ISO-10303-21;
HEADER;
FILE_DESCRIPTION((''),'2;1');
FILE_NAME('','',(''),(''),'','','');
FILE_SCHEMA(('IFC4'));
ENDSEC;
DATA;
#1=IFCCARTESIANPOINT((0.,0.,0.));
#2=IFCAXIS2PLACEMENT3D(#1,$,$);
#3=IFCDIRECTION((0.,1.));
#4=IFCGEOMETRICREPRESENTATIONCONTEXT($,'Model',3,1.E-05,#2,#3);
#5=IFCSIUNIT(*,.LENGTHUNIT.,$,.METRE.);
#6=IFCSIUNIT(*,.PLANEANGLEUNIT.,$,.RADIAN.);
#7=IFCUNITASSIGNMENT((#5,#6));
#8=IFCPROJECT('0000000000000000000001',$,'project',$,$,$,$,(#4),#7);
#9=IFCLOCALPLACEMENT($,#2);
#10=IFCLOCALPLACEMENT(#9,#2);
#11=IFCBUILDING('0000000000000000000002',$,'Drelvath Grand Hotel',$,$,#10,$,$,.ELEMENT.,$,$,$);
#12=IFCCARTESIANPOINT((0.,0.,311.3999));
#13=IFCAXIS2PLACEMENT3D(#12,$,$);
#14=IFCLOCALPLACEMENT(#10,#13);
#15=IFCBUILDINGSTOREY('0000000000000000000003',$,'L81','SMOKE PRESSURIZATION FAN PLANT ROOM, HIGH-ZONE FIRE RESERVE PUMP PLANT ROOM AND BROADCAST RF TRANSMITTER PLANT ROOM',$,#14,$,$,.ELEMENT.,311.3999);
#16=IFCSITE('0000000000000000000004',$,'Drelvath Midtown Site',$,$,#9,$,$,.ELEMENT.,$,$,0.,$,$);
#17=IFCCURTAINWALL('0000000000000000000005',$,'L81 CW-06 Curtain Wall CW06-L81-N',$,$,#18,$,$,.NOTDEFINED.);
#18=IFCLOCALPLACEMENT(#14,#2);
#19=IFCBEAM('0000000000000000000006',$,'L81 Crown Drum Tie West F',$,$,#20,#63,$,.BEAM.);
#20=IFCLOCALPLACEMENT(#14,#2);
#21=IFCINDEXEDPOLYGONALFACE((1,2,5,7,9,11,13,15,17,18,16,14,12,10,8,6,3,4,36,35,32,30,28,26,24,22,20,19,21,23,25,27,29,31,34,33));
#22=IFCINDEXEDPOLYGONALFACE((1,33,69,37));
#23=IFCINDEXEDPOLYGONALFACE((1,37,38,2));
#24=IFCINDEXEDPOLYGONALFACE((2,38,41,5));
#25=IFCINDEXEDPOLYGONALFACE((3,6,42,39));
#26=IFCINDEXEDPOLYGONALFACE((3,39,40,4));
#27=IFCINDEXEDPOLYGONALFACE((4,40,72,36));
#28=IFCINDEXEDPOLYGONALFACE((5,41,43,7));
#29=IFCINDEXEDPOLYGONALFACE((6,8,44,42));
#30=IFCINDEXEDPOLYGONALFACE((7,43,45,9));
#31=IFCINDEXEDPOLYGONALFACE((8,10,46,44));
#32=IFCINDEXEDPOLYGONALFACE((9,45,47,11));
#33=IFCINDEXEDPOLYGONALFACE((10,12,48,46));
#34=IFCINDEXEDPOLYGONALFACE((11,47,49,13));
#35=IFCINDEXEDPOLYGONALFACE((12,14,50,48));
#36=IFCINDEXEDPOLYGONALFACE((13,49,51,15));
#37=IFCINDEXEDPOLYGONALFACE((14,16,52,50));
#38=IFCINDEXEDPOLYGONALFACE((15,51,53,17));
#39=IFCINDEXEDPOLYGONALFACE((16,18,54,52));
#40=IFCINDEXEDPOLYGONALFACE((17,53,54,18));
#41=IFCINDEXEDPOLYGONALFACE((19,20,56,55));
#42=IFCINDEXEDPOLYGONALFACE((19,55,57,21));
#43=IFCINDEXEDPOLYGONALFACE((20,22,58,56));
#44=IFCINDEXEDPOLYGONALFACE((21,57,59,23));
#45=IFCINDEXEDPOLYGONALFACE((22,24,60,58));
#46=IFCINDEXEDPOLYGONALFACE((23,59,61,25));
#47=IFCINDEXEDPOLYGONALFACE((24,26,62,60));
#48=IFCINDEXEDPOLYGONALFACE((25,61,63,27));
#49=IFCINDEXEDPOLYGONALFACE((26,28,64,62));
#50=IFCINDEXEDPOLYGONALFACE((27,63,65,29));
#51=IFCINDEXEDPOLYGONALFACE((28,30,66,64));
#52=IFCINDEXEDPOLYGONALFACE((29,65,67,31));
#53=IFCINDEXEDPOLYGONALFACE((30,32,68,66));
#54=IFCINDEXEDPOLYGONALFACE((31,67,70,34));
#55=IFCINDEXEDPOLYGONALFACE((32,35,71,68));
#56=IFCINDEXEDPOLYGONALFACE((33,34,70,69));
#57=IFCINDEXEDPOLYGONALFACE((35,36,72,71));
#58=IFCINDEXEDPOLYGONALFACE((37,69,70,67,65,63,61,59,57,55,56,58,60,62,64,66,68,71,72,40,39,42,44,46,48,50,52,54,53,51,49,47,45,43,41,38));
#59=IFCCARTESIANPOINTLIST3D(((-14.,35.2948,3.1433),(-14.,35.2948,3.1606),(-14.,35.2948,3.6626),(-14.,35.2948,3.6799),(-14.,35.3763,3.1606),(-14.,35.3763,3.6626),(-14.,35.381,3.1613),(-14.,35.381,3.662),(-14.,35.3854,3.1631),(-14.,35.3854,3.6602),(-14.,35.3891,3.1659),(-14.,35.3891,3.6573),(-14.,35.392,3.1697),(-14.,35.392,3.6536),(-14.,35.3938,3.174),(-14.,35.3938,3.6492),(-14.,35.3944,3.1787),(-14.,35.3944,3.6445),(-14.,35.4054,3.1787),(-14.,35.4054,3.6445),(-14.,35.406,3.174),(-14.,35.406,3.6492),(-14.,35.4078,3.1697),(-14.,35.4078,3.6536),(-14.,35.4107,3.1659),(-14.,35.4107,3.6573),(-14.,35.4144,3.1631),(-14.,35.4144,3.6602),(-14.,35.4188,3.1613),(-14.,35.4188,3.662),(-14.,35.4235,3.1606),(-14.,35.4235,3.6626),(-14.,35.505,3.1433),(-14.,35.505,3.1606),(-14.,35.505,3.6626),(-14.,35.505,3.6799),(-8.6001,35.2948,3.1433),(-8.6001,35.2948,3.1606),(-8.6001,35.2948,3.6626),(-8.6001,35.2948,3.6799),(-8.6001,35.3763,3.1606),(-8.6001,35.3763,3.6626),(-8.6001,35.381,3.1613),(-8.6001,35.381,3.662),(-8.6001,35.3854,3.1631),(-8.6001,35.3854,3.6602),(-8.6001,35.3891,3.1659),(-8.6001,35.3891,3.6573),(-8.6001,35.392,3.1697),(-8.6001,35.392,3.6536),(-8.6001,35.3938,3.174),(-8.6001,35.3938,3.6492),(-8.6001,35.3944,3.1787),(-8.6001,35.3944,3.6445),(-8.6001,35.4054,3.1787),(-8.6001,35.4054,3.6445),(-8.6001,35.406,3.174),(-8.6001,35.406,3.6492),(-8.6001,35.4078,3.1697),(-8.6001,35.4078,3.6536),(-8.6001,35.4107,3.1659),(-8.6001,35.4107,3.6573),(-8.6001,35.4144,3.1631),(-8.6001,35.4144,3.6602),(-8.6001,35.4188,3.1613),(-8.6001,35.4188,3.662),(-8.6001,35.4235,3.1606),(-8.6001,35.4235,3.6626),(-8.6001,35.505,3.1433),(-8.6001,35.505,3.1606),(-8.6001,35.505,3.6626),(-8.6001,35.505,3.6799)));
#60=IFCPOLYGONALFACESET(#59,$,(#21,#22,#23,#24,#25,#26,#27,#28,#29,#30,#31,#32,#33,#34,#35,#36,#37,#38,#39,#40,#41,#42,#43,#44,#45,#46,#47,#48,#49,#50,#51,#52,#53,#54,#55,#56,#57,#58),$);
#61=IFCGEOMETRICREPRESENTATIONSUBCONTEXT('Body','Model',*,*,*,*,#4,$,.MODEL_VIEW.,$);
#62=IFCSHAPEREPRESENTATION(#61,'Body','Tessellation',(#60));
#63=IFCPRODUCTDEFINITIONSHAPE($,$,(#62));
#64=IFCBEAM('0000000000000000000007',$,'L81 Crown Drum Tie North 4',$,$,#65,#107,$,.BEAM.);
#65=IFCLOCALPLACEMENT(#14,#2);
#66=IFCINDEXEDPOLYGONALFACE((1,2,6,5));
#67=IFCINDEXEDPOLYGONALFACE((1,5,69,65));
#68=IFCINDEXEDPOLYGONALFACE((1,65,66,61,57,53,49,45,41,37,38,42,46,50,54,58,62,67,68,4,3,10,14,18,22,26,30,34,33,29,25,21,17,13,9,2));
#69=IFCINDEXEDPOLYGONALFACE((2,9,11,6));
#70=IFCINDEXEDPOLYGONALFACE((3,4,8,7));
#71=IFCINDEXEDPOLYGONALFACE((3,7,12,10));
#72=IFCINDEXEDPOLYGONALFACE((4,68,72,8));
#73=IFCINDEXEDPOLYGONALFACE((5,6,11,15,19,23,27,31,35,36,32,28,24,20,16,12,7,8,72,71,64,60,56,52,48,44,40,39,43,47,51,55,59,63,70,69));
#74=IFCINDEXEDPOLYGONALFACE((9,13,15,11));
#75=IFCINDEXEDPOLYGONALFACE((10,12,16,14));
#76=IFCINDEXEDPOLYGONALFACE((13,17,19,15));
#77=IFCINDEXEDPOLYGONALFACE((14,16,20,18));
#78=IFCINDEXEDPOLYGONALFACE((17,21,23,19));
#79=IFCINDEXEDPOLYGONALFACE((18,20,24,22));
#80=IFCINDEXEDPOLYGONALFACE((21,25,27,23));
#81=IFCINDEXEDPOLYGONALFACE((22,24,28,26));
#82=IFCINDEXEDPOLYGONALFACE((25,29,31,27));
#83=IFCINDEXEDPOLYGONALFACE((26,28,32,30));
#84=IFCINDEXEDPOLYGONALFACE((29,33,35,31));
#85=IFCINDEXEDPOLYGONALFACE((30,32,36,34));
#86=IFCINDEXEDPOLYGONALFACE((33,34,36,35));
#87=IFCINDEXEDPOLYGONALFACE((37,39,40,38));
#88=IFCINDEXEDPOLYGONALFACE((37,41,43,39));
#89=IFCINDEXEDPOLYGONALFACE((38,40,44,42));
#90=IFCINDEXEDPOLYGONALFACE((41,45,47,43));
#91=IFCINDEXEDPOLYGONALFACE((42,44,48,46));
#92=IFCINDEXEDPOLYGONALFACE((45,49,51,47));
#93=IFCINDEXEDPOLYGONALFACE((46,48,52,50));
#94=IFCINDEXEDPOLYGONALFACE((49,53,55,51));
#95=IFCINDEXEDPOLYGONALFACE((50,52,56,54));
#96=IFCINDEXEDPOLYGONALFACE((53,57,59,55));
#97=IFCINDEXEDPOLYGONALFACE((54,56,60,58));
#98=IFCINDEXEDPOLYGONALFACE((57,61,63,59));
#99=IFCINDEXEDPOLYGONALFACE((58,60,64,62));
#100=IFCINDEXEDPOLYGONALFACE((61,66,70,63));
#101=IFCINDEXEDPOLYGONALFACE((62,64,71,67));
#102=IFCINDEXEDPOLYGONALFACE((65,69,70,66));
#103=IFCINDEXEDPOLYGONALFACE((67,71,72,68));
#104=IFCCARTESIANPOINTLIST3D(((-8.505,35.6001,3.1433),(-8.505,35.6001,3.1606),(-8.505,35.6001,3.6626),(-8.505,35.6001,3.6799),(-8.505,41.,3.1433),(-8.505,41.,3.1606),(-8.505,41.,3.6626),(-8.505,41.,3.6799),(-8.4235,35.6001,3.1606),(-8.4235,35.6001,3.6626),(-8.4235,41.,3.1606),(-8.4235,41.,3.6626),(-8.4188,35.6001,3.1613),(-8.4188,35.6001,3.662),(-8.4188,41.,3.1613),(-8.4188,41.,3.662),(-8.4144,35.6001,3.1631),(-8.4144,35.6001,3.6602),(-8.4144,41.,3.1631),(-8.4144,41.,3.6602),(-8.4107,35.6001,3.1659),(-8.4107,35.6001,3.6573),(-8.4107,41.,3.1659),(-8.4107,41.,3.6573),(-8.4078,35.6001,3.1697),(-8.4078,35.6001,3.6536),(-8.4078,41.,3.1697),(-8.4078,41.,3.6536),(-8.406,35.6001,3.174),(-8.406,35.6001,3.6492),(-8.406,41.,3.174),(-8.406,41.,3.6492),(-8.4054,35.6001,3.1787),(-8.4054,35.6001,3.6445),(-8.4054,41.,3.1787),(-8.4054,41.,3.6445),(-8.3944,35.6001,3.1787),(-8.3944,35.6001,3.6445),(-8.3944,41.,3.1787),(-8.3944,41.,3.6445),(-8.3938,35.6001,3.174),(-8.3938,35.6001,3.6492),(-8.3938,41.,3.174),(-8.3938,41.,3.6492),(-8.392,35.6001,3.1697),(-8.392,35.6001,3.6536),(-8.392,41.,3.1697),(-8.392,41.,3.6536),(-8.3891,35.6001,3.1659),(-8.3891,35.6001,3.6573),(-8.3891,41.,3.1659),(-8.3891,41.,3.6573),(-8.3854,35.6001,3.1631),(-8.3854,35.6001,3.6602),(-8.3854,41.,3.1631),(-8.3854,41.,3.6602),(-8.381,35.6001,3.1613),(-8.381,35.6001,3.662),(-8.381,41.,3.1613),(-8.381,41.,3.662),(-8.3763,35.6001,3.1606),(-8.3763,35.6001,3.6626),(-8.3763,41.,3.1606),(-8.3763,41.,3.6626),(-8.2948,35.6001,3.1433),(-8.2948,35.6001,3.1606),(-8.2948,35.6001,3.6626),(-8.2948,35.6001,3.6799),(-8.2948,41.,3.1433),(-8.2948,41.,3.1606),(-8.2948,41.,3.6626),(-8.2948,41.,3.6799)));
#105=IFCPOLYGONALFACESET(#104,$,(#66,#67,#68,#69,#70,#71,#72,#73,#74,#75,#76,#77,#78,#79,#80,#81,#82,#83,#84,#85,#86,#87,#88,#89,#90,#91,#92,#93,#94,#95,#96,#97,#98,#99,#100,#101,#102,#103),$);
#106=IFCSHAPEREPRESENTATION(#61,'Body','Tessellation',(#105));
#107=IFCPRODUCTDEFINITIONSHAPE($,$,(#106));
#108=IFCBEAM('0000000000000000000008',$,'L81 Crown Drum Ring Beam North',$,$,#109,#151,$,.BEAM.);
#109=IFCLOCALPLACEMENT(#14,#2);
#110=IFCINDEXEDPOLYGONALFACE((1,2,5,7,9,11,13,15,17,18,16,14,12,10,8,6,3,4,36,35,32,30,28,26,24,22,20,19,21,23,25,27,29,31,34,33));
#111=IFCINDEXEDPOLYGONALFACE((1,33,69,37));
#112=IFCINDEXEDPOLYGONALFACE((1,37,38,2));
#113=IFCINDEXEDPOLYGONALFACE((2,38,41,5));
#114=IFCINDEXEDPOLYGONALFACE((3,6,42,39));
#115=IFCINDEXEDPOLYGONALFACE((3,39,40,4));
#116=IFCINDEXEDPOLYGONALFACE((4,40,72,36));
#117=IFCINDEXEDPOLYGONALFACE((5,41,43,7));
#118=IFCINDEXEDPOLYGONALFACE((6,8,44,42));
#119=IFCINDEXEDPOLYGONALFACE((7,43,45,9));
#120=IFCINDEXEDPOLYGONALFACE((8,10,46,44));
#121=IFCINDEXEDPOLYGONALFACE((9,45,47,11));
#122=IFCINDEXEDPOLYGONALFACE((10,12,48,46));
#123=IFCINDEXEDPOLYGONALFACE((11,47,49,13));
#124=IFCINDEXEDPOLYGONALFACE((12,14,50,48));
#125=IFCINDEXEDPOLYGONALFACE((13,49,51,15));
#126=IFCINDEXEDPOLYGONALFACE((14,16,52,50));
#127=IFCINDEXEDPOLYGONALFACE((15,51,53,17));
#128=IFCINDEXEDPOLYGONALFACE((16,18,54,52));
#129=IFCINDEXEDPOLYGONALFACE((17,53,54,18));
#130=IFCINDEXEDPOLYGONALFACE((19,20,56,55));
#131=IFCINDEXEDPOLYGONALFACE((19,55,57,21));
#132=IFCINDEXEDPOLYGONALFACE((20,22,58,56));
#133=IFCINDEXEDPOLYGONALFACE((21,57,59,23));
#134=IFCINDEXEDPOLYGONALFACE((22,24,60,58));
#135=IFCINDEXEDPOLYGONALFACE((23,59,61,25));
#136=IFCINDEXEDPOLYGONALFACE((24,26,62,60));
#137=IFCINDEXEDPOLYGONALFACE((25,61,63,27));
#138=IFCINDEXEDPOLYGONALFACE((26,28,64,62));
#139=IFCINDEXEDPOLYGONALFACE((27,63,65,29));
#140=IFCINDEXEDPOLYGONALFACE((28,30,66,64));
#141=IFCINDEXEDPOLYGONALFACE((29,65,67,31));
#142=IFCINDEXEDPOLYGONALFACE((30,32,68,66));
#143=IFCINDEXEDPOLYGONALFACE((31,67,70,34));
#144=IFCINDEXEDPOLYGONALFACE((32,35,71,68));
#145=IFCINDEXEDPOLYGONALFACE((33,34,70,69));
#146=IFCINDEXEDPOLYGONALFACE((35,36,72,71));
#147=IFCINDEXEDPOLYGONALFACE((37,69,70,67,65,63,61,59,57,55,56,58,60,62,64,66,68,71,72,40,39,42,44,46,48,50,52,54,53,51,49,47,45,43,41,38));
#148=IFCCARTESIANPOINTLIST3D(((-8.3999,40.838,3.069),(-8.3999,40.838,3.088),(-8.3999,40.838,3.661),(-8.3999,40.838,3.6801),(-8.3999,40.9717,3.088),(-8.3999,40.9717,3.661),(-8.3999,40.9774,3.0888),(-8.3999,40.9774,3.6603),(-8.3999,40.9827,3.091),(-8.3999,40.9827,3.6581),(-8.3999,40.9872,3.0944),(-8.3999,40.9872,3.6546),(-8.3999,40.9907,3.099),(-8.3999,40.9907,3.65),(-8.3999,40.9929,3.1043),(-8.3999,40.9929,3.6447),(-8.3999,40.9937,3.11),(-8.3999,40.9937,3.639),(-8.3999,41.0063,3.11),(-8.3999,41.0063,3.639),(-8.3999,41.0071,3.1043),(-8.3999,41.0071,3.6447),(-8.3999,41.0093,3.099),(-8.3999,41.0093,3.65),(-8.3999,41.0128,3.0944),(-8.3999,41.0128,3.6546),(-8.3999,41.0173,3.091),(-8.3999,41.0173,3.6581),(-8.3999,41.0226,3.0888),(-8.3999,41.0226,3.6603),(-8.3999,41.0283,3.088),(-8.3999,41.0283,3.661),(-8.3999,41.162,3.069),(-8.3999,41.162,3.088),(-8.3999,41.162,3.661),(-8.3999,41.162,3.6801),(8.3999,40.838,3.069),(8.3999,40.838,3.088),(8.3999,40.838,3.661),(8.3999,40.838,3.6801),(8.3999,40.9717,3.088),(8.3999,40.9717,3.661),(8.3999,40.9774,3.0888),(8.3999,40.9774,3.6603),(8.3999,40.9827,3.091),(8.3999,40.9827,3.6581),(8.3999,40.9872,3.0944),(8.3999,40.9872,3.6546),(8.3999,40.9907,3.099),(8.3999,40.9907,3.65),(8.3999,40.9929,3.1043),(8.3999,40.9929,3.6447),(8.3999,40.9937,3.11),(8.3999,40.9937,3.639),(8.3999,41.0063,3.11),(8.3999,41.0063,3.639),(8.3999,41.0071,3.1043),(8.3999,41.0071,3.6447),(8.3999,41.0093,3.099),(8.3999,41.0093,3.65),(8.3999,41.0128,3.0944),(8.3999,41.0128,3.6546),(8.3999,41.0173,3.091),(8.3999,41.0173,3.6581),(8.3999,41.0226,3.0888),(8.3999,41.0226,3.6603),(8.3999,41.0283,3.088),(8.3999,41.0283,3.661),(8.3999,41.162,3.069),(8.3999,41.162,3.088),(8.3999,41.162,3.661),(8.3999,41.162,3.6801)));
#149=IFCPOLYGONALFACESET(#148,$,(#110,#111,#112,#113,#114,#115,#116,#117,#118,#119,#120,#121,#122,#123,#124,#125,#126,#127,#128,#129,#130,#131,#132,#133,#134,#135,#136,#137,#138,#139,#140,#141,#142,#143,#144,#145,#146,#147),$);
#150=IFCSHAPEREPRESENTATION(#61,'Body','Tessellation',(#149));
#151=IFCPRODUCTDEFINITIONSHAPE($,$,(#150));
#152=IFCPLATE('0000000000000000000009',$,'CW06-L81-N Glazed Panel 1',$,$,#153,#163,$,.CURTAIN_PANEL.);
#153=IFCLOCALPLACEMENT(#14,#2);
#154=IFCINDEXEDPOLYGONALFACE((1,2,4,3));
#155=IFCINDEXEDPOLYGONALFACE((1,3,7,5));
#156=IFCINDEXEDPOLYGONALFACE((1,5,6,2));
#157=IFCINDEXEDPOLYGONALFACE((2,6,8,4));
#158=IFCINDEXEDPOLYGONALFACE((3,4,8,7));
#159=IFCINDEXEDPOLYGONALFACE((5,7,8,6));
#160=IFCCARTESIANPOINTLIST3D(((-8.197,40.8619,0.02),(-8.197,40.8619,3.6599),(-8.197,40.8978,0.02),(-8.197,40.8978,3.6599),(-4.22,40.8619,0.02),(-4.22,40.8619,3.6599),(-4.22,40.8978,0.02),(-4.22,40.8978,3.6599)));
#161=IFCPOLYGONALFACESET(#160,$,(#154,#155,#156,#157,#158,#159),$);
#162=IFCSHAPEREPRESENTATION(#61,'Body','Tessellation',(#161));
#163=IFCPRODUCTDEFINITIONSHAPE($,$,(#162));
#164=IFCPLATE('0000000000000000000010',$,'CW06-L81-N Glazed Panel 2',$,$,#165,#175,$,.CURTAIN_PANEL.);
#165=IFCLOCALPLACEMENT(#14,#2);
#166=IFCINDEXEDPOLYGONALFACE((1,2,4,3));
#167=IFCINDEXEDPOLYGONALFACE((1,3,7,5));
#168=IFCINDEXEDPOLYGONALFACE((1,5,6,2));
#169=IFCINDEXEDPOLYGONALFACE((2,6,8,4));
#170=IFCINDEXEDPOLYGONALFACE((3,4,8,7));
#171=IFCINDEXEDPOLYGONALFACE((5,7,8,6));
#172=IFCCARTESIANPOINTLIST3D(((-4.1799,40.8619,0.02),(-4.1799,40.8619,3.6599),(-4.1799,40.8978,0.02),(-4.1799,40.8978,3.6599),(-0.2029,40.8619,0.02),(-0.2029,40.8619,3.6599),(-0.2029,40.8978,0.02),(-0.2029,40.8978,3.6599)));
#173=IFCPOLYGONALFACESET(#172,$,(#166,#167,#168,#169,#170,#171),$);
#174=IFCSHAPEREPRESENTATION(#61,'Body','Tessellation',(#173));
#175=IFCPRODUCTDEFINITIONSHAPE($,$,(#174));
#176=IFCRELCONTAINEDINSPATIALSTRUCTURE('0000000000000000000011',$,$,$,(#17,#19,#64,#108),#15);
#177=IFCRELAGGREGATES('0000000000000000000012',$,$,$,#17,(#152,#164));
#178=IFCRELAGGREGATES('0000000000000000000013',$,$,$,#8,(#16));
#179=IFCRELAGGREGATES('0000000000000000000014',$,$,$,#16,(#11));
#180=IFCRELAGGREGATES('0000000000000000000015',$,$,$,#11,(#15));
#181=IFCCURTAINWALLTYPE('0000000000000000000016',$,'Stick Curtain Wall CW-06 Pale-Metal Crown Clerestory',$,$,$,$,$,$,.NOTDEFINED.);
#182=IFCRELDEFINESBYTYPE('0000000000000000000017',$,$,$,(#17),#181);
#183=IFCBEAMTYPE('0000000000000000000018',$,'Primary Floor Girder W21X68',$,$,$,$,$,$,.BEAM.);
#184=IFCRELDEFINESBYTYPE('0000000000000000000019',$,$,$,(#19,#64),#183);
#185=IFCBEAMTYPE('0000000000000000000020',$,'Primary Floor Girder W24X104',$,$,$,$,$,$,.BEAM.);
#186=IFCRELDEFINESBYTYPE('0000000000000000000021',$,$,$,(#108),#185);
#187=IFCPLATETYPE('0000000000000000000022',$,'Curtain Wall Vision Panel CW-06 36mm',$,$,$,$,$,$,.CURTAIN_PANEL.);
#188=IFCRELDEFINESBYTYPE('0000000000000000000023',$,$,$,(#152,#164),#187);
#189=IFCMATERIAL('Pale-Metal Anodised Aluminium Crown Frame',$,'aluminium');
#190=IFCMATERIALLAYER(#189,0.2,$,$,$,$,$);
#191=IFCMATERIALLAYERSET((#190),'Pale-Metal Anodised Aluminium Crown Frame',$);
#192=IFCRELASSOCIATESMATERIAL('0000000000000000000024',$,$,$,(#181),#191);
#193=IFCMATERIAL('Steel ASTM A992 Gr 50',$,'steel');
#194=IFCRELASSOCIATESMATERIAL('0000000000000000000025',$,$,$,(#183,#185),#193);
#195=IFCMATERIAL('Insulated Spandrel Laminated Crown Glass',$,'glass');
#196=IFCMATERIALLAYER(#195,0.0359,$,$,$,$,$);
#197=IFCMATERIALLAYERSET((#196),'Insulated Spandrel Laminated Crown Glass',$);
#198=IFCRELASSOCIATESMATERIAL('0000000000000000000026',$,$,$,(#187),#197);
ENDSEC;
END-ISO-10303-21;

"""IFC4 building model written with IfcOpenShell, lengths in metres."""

from ifc_helpers import new_model, si_unit, direction, frame, origin, origin_2d, place, context, subcontext, project, spatial, rectangle, i_section, extrude, material, layer, layer_set, material_profile, profile_set, type_object, element, aggregate, save


model = new_model("IFC4")

# Units and contexts
model_context = context("Model", 3, precision=1e-05, world=origin(), true_north=direction((0.0, 1.0)))
body_context = subcontext(model_context, "Body", "Model", "MODEL_VIEW")
ifc_project = project(units=[si_unit("LENGTHUNIT", "METRE"), si_unit("PLANEANGLEUNIT", "RADIAN")], contexts=[model_context])

# Site, building, storey
site_placement = place(None, origin())
site = spatial("IfcSite", under=ifc_project, at=site_placement, Name="Drelvath Midtown Site", CompositionType="ELEMENT", RefElevation=0.0)
building_placement = place(site_placement, origin())
building = spatial("IfcBuilding", under=site, at=building_placement, Name="Drelvath Grand Hotel", CompositionType="ELEMENT")
storey_placement = place(building_placement, frame((0.0, 0.0, 311.3999)))
storey = spatial("IfcBuildingStorey", under=building, at=storey_placement, Name="L81", Description="SMOKE PRESSURIZATION FAN PLANT ROOM, HIGH-ZONE FIRE RESERVE PUMP PLANT ROOM AND BROADCAST RF TRANSMITTER PLANT ROOM", CompositionType="ELEMENT", Elevation=311.3999)

# Curtain wall
ifc_material_1 = material(Name="Pale-Metal Anodised Aluminium Crown Frame", Category="aluminium")
ifc_layer_1 = layer(ifc_material_1, 0.2)
ifc_layer_set_1 = layer_set([ifc_layer_1], Name="Pale-Metal Anodised Aluminium Crown Frame")
curtain_wall_type = type_object("IfcCurtainWallType", Name="Stick Curtain Wall CW-06 Pale-Metal Crown Clerestory", PredefinedType="NOTDEFINED", material=ifc_layer_set_1)
curtain_wall_placement = place(storey_placement, origin())
curtain_wall = element("IfcCurtainWall", 1, at=curtain_wall_placement, inside=storey, type_object=curtain_wall_type, Name="L81 CW-06 Curtain Wall CW06-L81-N", PredefinedType="NOTDEFINED")

# Beams
ifc_material_2 = material(Name="Steel ASTM A992 Gr 50", Category="steel")
ifc_material_profile_1 = material_profile(ifc_material_2, i_section(OverallWidth=0.2102, OverallDepth=0.5366, WebThickness=0.011, FlangeThickness=0.0173, FilletRadius=0.0181, at=origin_2d()), Name="W21X68")
ifc_profile_set_1 = profile_set([ifc_material_profile_1], Name="Steel ASTM A992 Gr 50")
beam_type_1 = type_object("IfcBeamType", Name="Primary Floor Girder W21X68", PredefinedType="BEAM", material=ifc_profile_set_1)
for number, where, z_axis, x_axis, name in (
    (2, (-14.0, 35.3999, 3.4116), (1.0, 0.0, 0.0), (0.0, 1.0, 0.0), "L81 Crown Drum Tie West F"),
    (3, (-8.3999, 35.6001, 3.4116), (0.0, 1.0, 0.0), (-1.0, 0.0, 0.0), "L81 Crown Drum Tie North 4"),
):
    element("IfcBeam", number, at=place(storey_placement, frame(where, z_axis=z_axis, x_axis=x_axis)), inside=storey, type_object=beam_type_1, Name=name, PredefinedType="BEAM", context=body_context, shape_type="SweptSolid", body=[
        extrude(i_section(OverallWidth=0.2102, OverallDepth=0.5366, WebThickness=0.011, FlangeThickness=0.0173, FilletRadius=0.0181, at=origin_2d()), origin(), (0.0, 0.0, 1.0), 5.3999),
    ])
ifc_material_profile_2 = material_profile(ifc_material_2, i_section(OverallWidth=0.324, OverallDepth=0.6111, WebThickness=0.0127, FlangeThickness=0.019, FilletRadius=0.022, at=origin_2d()), Name="W24X104")
ifc_profile_set_2 = profile_set([ifc_material_profile_2], Name="Steel ASTM A992 Gr 50")
beam_type_2 = type_object("IfcBeamType", Name="Primary Floor Girder W24X104", PredefinedType="BEAM", material=ifc_profile_set_2)
beam_placement = place(storey_placement, frame((-8.3999, 41.0, 3.3745), z_axis=(1.0, 0.0, 0.0), x_axis=(0.0, 1.0, 0.0)))
element("IfcBeam", 4, at=beam_placement, inside=storey, type_object=beam_type_2, Name="L81 Crown Drum Ring Beam North", PredefinedType="BEAM", context=body_context, shape_type="SweptSolid", body=[
    extrude(i_section(OverallWidth=0.324, OverallDepth=0.6111, WebThickness=0.0127, FlangeThickness=0.019, FilletRadius=0.022, at=origin_2d()), origin(), (0.0, 0.0, 1.0), 16.7998),
])

# Plates
ifc_material_3 = material(Name="Insulated Spandrel Laminated Crown Glass", Category="glass")
ifc_layer_2 = layer(ifc_material_3, 0.0359)
ifc_layer_set_2 = layer_set([ifc_layer_2], Name="Insulated Spandrel Laminated Crown Glass")
plate_type = type_object("IfcPlateType", Name="Curtain Wall Vision Panel CW-06 36mm", PredefinedType="CURTAIN_PANEL", material=ifc_layer_set_2)
plate_1_placement = place(storey_placement, frame((-6.2085, 40.8799, 0.02), z_axis=(0.0, 0.0, 1.0), x_axis=(1.0, 0.0, 0.0)))
plate_1 = element("IfcPlate", 5, at=plate_1_placement, type_object=plate_type, Name="CW06-L81-N Glazed Panel 1", PredefinedType="CURTAIN_PANEL", context=body_context, shape_type="SweptSolid", body=[
    extrude(rectangle(XDim=3.9771, YDim=0.0359, at=origin_2d()), origin(), (0.0, 0.0, 1.0), 3.6399),
])
plate_2_placement = place(storey_placement, frame((-2.1914, 40.8799, 0.02), z_axis=(0.0, 0.0, 1.0), x_axis=(1.0, 0.0, 0.0)))
plate_2 = element("IfcPlate", 6, at=plate_2_placement, type_object=plate_type, Name="CW06-L81-N Glazed Panel 2", PredefinedType="CURTAIN_PANEL", context=body_context, shape_type="SweptSolid", body=[
    extrude(rectangle(XDim=3.9771, YDim=0.0359, at=origin_2d()), origin(), (0.0, 0.0, 1.0), 3.6399),
])
aggregate(curtain_wall, [plate_1, plate_2])

save(model, "model.ifc")
